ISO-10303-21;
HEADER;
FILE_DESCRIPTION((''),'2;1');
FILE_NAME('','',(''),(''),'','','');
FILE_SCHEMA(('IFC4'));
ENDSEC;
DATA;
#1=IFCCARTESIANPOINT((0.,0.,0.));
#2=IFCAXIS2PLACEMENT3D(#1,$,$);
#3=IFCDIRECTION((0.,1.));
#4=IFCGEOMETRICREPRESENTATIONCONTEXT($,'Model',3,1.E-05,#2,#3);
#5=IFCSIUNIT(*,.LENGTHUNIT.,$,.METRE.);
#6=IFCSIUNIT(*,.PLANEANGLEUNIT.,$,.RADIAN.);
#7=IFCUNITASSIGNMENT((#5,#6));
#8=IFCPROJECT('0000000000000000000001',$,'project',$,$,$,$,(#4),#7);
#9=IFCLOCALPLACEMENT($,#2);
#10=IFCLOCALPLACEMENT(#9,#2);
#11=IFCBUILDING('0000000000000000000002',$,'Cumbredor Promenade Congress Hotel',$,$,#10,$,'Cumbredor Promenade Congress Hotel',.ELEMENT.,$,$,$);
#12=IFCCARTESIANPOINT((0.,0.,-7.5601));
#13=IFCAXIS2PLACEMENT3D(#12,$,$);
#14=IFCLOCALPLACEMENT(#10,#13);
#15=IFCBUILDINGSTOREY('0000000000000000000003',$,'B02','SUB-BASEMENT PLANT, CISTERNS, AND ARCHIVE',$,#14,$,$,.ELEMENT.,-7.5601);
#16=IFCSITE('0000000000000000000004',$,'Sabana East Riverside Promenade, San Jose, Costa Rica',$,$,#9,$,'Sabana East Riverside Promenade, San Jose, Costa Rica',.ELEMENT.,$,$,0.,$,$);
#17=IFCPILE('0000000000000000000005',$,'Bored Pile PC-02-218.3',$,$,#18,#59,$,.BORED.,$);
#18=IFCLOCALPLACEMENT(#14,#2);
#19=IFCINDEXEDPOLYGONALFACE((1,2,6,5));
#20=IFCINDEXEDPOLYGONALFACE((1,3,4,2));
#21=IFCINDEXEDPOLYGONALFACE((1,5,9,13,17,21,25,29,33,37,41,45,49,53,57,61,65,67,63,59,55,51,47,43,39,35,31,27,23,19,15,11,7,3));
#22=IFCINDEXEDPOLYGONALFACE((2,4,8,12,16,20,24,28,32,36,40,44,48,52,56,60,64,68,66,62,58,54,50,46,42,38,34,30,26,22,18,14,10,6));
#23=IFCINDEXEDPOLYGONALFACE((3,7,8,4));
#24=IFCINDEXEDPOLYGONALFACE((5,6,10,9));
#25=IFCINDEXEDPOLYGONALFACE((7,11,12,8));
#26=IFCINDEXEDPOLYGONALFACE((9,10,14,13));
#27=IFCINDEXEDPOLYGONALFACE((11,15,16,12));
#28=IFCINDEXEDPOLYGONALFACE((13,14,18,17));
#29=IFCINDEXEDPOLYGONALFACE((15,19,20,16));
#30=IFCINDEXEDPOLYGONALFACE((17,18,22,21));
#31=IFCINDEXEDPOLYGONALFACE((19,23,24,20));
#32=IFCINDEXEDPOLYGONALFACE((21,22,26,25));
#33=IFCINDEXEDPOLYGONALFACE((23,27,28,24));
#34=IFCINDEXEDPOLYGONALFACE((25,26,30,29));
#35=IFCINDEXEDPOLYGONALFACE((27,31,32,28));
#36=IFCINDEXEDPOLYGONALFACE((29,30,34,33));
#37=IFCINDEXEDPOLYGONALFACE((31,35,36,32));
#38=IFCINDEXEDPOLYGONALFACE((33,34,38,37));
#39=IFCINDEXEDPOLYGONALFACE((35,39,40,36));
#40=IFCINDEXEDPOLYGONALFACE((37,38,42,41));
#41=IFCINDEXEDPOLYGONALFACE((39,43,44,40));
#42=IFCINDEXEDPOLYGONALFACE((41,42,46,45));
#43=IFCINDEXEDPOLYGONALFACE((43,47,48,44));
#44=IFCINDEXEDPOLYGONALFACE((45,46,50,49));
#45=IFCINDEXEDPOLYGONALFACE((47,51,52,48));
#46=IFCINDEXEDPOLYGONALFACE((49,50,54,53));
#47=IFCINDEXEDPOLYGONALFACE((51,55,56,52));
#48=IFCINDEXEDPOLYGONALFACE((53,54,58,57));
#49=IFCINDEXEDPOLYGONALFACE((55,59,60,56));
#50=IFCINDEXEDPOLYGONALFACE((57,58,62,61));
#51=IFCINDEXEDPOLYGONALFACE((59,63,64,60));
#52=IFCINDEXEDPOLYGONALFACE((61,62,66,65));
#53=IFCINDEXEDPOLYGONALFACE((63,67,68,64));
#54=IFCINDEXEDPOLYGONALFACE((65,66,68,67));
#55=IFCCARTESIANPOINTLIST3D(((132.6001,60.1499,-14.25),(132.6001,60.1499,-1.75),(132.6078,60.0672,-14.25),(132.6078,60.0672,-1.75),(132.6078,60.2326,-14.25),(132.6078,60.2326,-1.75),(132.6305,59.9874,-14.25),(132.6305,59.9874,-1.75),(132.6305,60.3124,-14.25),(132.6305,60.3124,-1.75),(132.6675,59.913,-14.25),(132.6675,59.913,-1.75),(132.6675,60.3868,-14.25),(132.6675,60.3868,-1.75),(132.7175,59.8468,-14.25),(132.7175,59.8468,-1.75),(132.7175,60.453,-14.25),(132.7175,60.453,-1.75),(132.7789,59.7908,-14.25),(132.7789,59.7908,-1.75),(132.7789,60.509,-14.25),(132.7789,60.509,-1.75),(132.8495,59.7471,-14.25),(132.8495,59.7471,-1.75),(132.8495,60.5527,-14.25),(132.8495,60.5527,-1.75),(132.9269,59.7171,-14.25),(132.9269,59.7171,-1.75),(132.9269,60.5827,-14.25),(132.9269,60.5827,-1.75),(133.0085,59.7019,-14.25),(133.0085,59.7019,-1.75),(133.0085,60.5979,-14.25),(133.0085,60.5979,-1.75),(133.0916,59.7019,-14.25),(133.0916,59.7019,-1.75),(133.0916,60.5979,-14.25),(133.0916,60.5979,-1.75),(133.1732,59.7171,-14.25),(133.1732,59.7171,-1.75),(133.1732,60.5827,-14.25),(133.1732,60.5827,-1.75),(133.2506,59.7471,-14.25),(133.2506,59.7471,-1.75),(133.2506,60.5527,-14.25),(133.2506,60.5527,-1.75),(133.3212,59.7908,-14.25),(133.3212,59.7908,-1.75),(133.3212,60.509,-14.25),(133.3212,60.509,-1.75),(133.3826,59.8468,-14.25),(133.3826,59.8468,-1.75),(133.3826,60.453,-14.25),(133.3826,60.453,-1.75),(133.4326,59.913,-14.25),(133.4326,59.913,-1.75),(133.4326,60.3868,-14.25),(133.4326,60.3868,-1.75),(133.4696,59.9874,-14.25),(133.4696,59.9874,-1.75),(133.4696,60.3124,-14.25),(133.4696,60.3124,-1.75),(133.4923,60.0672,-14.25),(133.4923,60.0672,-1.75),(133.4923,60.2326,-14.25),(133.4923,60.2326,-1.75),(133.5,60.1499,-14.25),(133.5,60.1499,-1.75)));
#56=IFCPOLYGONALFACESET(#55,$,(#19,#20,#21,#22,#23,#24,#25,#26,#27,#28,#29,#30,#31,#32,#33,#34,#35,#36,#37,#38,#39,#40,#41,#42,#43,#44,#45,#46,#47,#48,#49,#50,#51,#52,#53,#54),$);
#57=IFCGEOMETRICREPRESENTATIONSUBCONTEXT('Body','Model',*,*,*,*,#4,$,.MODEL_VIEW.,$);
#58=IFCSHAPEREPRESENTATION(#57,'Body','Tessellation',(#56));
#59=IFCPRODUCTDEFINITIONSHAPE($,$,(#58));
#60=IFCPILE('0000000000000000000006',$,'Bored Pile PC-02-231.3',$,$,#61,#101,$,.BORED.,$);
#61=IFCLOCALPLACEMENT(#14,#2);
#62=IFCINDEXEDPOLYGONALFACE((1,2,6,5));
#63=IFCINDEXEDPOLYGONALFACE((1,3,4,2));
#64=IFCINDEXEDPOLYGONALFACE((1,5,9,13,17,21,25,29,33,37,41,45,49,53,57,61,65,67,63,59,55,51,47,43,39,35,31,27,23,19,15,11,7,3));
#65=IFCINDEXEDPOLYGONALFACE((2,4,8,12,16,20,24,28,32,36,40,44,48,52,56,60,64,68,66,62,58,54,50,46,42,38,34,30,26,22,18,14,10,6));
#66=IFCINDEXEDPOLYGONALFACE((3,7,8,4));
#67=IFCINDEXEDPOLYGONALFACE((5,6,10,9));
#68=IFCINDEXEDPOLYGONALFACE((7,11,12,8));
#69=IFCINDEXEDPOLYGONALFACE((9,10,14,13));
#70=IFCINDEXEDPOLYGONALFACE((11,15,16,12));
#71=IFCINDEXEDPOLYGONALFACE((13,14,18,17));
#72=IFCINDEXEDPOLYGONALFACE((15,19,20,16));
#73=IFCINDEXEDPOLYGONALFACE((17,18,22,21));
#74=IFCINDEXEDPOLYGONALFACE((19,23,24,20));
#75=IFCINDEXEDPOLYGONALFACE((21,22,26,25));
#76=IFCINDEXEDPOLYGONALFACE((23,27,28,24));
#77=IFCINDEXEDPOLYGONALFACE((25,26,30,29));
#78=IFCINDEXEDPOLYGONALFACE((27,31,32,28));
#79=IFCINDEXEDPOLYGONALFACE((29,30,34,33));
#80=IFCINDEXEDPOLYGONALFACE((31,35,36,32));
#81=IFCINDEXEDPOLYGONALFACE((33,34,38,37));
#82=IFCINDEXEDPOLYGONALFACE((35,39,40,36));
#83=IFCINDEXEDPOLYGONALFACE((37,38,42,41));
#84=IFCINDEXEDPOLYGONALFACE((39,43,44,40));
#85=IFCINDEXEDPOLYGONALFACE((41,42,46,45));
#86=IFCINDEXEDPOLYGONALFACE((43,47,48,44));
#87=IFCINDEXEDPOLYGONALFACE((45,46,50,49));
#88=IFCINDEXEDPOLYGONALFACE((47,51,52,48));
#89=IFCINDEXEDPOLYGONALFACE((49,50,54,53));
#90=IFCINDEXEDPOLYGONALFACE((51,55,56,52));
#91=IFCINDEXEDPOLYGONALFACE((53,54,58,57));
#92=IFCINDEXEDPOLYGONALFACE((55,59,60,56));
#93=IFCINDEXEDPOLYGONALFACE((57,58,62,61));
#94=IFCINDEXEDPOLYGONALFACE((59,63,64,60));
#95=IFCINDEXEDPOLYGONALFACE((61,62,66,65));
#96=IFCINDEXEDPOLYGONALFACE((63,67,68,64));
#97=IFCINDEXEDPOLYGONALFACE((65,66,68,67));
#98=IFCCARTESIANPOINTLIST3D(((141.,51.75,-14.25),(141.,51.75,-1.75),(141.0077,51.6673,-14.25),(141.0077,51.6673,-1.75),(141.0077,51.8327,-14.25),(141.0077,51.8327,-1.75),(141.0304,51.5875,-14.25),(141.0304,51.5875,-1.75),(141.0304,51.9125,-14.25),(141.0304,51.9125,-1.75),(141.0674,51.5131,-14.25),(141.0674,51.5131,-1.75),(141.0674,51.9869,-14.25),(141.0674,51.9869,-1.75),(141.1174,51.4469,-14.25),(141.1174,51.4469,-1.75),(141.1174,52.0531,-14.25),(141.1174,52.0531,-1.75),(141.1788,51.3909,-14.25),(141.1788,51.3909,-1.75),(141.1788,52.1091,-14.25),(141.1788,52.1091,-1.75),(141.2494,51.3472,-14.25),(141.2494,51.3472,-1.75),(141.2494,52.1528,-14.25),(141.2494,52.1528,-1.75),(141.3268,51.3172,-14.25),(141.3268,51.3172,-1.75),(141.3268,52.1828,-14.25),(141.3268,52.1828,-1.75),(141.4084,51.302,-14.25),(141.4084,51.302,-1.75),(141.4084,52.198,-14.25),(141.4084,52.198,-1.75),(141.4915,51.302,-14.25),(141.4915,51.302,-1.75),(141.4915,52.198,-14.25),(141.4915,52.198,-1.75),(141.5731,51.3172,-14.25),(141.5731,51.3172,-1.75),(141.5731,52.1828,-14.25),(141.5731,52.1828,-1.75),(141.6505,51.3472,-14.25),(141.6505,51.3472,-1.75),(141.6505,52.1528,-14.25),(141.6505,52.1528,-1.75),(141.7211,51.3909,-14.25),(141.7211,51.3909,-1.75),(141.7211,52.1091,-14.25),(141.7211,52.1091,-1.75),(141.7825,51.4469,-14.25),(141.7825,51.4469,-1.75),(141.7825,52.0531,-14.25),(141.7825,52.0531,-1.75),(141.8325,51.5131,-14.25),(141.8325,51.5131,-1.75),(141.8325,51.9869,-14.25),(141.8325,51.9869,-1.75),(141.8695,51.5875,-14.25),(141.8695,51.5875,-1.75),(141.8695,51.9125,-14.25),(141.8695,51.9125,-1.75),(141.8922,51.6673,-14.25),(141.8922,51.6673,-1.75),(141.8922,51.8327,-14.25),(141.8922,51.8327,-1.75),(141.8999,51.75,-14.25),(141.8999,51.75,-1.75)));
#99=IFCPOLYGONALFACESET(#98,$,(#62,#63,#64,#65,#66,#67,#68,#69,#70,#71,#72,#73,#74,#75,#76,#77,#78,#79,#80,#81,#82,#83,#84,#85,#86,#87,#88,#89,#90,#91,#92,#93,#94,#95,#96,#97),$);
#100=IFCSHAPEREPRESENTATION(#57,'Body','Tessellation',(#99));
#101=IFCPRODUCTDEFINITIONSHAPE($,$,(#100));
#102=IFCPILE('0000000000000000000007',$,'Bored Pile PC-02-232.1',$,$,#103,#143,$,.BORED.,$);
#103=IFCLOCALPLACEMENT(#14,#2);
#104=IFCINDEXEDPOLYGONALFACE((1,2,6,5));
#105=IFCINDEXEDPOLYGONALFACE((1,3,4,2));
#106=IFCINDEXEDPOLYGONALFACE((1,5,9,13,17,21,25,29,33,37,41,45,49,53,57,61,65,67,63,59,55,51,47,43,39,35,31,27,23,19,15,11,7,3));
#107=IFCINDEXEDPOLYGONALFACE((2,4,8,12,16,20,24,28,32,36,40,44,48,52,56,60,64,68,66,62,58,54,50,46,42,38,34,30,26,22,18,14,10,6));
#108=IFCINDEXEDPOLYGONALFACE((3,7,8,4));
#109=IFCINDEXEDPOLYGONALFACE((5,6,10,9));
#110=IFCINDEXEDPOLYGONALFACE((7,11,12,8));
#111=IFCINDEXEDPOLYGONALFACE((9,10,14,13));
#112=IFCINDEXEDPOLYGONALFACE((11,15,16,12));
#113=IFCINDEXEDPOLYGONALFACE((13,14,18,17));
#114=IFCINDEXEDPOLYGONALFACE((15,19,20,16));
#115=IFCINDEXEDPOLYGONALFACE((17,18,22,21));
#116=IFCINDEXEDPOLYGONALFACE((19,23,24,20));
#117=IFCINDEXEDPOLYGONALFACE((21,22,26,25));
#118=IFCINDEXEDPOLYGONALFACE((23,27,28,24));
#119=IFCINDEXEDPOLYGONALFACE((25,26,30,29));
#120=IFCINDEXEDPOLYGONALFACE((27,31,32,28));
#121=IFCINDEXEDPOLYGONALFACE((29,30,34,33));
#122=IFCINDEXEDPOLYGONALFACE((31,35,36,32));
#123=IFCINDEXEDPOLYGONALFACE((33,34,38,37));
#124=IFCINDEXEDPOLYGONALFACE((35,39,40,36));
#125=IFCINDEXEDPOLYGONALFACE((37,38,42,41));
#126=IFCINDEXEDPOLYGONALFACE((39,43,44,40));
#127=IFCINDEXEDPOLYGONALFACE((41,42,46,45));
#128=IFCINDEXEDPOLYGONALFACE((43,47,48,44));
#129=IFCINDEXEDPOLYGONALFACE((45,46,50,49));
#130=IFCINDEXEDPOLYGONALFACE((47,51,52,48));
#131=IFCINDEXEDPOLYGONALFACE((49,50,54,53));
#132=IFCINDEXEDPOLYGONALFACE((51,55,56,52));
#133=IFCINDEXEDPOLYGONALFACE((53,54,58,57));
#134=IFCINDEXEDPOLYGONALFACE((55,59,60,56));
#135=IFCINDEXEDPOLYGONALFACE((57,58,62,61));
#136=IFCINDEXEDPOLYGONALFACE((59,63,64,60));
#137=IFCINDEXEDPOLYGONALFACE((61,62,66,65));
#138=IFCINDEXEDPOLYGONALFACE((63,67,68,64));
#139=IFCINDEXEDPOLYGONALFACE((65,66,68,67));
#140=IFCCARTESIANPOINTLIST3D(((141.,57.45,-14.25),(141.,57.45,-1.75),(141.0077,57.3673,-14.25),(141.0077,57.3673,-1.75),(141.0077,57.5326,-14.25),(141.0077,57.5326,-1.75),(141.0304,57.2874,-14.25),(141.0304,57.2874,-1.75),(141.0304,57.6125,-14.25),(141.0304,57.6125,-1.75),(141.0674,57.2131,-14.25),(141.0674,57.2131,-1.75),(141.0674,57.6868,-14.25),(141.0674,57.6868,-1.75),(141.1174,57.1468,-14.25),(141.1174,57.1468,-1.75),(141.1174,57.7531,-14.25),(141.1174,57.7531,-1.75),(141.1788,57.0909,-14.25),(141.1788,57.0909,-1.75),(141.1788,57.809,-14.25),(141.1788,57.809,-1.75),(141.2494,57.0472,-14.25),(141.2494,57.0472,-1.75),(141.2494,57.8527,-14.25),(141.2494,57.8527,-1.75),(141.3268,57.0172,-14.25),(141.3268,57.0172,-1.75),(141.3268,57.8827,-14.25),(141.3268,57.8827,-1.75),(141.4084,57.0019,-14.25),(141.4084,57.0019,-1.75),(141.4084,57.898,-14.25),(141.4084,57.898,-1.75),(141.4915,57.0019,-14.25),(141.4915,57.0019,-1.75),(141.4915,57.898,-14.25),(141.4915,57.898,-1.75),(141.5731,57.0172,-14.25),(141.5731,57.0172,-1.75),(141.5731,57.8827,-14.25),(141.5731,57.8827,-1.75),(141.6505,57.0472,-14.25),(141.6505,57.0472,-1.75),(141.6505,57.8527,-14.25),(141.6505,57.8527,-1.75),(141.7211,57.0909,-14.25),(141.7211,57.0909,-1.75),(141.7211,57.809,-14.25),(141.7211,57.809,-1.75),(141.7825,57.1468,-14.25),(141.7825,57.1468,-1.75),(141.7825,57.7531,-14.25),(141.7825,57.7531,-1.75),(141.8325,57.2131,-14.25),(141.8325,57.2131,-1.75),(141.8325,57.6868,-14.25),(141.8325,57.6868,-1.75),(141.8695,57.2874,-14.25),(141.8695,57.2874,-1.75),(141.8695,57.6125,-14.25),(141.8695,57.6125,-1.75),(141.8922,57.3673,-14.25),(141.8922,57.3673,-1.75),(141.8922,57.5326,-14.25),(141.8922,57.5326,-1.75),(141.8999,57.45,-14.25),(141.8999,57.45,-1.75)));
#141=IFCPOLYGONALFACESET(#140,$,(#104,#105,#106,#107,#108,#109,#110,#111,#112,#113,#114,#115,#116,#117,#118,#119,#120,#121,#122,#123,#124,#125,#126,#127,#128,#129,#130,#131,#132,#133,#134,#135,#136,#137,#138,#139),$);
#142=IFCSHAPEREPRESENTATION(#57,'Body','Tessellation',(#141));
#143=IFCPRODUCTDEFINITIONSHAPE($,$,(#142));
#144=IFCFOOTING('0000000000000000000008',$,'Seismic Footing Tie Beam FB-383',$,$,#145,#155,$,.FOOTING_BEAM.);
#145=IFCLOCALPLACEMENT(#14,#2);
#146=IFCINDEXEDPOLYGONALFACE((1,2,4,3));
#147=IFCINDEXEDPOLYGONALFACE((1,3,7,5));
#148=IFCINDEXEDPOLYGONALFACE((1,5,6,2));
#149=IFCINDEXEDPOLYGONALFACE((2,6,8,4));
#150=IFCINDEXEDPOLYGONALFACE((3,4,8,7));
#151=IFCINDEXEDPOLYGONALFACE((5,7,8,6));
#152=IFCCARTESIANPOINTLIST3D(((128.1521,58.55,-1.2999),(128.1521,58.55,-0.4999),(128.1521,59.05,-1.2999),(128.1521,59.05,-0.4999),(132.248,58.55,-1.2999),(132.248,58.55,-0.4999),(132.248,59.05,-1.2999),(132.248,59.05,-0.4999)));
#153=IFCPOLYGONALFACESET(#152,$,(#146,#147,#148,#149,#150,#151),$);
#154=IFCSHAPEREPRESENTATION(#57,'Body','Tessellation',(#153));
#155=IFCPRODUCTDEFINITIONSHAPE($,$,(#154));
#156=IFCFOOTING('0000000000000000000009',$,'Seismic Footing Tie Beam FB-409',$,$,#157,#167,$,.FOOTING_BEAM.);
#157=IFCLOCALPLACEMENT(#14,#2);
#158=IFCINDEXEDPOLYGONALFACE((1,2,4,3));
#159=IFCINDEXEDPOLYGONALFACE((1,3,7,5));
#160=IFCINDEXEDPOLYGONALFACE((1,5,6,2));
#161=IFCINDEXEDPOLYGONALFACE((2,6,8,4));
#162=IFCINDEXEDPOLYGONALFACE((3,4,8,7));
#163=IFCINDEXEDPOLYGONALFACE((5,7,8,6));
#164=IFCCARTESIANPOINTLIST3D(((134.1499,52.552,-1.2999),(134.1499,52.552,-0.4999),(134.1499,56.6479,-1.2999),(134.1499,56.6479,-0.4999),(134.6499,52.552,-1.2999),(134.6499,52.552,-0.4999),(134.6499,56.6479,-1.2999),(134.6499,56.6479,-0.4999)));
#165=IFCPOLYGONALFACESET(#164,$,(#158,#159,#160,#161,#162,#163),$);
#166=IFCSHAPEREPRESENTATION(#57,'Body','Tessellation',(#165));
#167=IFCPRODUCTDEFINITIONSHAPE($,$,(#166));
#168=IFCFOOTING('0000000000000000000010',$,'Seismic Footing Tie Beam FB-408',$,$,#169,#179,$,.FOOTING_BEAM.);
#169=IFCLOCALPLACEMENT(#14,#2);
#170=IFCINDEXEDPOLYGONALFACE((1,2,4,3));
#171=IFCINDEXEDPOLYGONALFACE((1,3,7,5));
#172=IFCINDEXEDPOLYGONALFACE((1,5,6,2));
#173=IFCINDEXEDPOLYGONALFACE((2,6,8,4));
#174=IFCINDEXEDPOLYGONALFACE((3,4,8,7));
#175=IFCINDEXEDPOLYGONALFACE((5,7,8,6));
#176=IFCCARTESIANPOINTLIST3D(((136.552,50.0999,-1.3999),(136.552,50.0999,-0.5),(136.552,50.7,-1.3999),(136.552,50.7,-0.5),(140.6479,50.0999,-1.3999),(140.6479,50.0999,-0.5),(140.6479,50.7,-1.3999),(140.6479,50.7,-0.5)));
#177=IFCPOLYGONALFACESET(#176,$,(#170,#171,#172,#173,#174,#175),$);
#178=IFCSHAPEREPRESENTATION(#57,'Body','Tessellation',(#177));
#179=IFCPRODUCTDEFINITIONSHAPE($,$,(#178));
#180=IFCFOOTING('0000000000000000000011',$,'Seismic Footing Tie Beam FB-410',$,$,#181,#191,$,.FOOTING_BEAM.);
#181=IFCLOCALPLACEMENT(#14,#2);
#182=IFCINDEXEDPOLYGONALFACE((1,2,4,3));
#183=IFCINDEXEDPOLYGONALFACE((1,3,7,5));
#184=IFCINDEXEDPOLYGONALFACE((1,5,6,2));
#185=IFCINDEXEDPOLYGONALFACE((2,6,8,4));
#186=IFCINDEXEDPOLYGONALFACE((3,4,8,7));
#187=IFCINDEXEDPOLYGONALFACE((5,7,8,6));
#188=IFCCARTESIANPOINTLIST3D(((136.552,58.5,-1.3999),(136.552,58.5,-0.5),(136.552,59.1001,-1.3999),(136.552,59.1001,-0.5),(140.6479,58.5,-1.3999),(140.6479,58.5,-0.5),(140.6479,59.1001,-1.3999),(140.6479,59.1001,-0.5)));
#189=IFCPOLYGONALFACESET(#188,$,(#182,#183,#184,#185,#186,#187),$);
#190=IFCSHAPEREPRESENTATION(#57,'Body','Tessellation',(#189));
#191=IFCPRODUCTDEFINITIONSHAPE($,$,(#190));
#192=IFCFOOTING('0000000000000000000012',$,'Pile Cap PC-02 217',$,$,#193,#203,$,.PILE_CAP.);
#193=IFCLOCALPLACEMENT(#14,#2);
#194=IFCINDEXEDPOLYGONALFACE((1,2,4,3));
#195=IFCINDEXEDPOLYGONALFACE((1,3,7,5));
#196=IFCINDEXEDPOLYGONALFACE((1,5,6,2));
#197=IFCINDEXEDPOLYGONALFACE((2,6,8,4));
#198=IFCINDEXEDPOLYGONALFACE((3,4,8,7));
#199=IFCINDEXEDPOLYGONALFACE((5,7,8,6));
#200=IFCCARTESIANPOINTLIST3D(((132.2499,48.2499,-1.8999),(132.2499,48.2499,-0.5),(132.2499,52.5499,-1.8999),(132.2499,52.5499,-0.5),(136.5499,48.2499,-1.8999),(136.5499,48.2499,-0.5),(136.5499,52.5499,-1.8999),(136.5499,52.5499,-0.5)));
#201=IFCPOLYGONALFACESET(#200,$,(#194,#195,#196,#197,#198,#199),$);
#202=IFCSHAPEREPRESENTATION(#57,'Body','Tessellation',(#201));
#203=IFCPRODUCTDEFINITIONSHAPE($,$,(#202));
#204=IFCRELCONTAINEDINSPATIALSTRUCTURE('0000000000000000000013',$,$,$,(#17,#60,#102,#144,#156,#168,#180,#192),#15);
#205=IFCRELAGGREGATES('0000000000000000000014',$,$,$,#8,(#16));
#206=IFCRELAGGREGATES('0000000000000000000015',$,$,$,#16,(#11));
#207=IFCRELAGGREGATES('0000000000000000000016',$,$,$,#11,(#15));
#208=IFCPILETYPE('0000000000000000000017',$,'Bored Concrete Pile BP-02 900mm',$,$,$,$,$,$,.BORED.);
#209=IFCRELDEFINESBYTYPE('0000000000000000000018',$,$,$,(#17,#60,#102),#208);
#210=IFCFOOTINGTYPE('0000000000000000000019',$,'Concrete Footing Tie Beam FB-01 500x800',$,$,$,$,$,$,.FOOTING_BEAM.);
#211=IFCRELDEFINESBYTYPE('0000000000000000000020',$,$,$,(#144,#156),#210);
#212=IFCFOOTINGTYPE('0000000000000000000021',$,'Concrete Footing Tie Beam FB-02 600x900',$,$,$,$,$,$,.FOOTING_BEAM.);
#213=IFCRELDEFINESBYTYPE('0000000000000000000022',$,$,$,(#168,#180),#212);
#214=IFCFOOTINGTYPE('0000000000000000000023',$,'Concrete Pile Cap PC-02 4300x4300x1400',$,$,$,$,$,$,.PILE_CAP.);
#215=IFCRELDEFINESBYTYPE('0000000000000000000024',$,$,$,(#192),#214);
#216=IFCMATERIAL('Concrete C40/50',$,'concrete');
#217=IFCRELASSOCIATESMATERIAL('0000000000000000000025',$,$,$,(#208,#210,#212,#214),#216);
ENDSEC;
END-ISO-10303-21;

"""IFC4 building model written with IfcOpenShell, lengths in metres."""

from ifc_helpers import new_model, si_unit, direction, frame, origin, origin_2d, place, context, subcontext, project, spatial, rectangle, circle, extrude, material, material_profile, profile_set, type_object, element, save


model = new_model("IFC4")

# Units and contexts
model_context = context("Model", 3, precision=1e-05, world=origin(), true_north=direction((0.0, 1.0)))
body_context = subcontext(model_context, "Body", "Model", "MODEL_VIEW")
ifc_project = project(units=[si_unit("LENGTHUNIT", "METRE"), si_unit("PLANEANGLEUNIT", "RADIAN")], contexts=[model_context])

# Site, building, storey
site_placement = place(None, origin())
site = spatial("IfcSite", under=ifc_project, at=site_placement, Name="Sabana East Riverside Promenade, San Jose, Costa Rica", LongName="Sabana East Riverside Promenade, San Jose, Costa Rica", CompositionType="ELEMENT", RefElevation=0.0)
building_placement = place(site_placement, origin())
building = spatial("IfcBuilding", under=site, at=building_placement, Name="Cumbredor Promenade Congress Hotel", LongName="Cumbredor Promenade Congress Hotel", CompositionType="ELEMENT")
storey_placement = place(building_placement, frame((0.0, 0.0, -7.5601)))
storey = spatial("IfcBuildingStorey", under=building, at=storey_placement, Name="B02", Description="SUB-BASEMENT PLANT, CISTERNS, AND ARCHIVE", CompositionType="ELEMENT", Elevation=-7.5601)

# Piles
ifc_material_1 = material(Name="Concrete C40/50", Category="concrete")
ifc_material_profile_1 = material_profile(ifc_material_1, circle(Radius=0.45, at=origin_2d()), Name="PILE D900")
ifc_profile_set_1 = profile_set([ifc_material_profile_1], Name="Concrete C40/50")
pile_type = type_object("IfcPileType", Name="Bored Concrete Pile BP-02 900mm", PredefinedType="BORED", material=ifc_profile_set_1)
for number, where, z_axis, x_axis, name in (
    (1, (133.05, 60.1499, -1.75), (0.0, 0.0, -1.0), (1.0, 0.0, 0.0), "Bored Pile PC-02-218.3"),
    (2, (141.45, 51.75, -1.75), (0.0, 0.0, -1.0), (1.0, 0.0, 0.0), "Bored Pile PC-02-231.3"),
    (3, (141.45, 57.45, -1.75), (0.0, 0.0, -1.0), (1.0, 0.0, 0.0), "Bored Pile PC-02-232.1"),
):
    element("IfcPile", number, at=place(storey_placement, frame(where, z_axis=z_axis, x_axis=x_axis)), inside=storey, type_object=pile_type, Name=name, PredefinedType="BORED", context=body_context, shape_type="SweptSolid", body=[
        extrude(circle(Radius=0.45, at=origin_2d()), origin(), (0.0, 0.0, 1.0), 12.5),
    ])

# Footings
ifc_material_profile_2 = material_profile(ifc_material_1, rectangle(XDim=0.5, YDim=0.8, at=origin_2d()), Name="FB 500x800")
ifc_profile_set_2 = profile_set([ifc_material_profile_2], Name="Concrete C40/50")
footing_type_1 = type_object("IfcFootingType", Name="Concrete Footing Tie Beam FB-01 500x800", PredefinedType="FOOTING_BEAM", material=ifc_profile_set_2)
for number, where, z_axis, x_axis, name in (
    (4, (128.1521, 58.8, -0.8999), (1.0, 0.0, 0.0), (0.0, 1.0, 0.0), "Seismic Footing Tie Beam FB-383"),
    (5, (134.3999, 52.552, -0.8999), (0.0, 1.0, 0.0), (-1.0, 0.0, 0.0), "Seismic Footing Tie Beam FB-409"),
):
    element("IfcFooting", number, at=place(storey_placement, frame(where, z_axis=z_axis, x_axis=x_axis)), inside=storey, type_object=footing_type_1, Name=name, PredefinedType="FOOTING_BEAM", context=body_context, shape_type="SweptSolid", body=[
        extrude(rectangle(XDim=0.5, YDim=0.8, at=origin_2d()), origin(), (0.0, 0.0, 1.0), 4.0959),
    ])
ifc_material_profile_3 = material_profile(ifc_material_1, rectangle(XDim=0.6001, YDim=0.8999, at=origin_2d()), Name="FB 600x900")
ifc_profile_set_3 = profile_set([ifc_material_profile_3], Name="Concrete C40/50")
footing_type_2 = type_object("IfcFootingType", Name="Concrete Footing Tie Beam FB-02 600x900", PredefinedType="FOOTING_BEAM", material=ifc_profile_set_3)
for number, where, z_axis, x_axis, name in (
    (6, (136.552, 50.3999, -0.95), (1.0, 0.0, 0.0), (0.0, 1.0, 0.0), "Seismic Footing Tie Beam FB-408"),
    (7, (136.552, 58.8, -0.95), (1.0, 0.0, 0.0), (0.0, 1.0, 0.0), "Seismic Footing Tie Beam FB-410"),
):
    element("IfcFooting", number, at=place(storey_placement, frame(where, z_axis=z_axis, x_axis=x_axis)), inside=storey, type_object=footing_type_2, Name=name, PredefinedType="FOOTING_BEAM", context=body_context, shape_type="SweptSolid", body=[
        extrude(rectangle(XDim=0.6001, YDim=0.8999, at=origin_2d()), origin(), (0.0, 0.0, 1.0), 4.0959),
    ])
footing_type_3 = type_object("IfcFootingType", Name="Concrete Pile Cap PC-02 4300x4300x1400", PredefinedType="PILE_CAP", material=ifc_material_1)
for number, where, z_axis, x_axis, name in (
    (8, (134.3999, 50.3999, -1.8999), (0.0, 0.0, 1.0), (1.0, 0.0, 0.0), "Pile Cap PC-02 217"),
):
    element("IfcFooting", number, at=place(storey_placement, frame(where, z_axis=z_axis, x_axis=x_axis)), inside=storey, type_object=footing_type_3, Name=name, PredefinedType="PILE_CAP", context=body_context, shape_type="SweptSolid", body=[
        extrude(rectangle(XDim=4.3, YDim=4.3, at=origin_2d()), origin(), (0.0, 0.0, 1.0), 1.3999),
    ])

save(model, "model.ifc")
